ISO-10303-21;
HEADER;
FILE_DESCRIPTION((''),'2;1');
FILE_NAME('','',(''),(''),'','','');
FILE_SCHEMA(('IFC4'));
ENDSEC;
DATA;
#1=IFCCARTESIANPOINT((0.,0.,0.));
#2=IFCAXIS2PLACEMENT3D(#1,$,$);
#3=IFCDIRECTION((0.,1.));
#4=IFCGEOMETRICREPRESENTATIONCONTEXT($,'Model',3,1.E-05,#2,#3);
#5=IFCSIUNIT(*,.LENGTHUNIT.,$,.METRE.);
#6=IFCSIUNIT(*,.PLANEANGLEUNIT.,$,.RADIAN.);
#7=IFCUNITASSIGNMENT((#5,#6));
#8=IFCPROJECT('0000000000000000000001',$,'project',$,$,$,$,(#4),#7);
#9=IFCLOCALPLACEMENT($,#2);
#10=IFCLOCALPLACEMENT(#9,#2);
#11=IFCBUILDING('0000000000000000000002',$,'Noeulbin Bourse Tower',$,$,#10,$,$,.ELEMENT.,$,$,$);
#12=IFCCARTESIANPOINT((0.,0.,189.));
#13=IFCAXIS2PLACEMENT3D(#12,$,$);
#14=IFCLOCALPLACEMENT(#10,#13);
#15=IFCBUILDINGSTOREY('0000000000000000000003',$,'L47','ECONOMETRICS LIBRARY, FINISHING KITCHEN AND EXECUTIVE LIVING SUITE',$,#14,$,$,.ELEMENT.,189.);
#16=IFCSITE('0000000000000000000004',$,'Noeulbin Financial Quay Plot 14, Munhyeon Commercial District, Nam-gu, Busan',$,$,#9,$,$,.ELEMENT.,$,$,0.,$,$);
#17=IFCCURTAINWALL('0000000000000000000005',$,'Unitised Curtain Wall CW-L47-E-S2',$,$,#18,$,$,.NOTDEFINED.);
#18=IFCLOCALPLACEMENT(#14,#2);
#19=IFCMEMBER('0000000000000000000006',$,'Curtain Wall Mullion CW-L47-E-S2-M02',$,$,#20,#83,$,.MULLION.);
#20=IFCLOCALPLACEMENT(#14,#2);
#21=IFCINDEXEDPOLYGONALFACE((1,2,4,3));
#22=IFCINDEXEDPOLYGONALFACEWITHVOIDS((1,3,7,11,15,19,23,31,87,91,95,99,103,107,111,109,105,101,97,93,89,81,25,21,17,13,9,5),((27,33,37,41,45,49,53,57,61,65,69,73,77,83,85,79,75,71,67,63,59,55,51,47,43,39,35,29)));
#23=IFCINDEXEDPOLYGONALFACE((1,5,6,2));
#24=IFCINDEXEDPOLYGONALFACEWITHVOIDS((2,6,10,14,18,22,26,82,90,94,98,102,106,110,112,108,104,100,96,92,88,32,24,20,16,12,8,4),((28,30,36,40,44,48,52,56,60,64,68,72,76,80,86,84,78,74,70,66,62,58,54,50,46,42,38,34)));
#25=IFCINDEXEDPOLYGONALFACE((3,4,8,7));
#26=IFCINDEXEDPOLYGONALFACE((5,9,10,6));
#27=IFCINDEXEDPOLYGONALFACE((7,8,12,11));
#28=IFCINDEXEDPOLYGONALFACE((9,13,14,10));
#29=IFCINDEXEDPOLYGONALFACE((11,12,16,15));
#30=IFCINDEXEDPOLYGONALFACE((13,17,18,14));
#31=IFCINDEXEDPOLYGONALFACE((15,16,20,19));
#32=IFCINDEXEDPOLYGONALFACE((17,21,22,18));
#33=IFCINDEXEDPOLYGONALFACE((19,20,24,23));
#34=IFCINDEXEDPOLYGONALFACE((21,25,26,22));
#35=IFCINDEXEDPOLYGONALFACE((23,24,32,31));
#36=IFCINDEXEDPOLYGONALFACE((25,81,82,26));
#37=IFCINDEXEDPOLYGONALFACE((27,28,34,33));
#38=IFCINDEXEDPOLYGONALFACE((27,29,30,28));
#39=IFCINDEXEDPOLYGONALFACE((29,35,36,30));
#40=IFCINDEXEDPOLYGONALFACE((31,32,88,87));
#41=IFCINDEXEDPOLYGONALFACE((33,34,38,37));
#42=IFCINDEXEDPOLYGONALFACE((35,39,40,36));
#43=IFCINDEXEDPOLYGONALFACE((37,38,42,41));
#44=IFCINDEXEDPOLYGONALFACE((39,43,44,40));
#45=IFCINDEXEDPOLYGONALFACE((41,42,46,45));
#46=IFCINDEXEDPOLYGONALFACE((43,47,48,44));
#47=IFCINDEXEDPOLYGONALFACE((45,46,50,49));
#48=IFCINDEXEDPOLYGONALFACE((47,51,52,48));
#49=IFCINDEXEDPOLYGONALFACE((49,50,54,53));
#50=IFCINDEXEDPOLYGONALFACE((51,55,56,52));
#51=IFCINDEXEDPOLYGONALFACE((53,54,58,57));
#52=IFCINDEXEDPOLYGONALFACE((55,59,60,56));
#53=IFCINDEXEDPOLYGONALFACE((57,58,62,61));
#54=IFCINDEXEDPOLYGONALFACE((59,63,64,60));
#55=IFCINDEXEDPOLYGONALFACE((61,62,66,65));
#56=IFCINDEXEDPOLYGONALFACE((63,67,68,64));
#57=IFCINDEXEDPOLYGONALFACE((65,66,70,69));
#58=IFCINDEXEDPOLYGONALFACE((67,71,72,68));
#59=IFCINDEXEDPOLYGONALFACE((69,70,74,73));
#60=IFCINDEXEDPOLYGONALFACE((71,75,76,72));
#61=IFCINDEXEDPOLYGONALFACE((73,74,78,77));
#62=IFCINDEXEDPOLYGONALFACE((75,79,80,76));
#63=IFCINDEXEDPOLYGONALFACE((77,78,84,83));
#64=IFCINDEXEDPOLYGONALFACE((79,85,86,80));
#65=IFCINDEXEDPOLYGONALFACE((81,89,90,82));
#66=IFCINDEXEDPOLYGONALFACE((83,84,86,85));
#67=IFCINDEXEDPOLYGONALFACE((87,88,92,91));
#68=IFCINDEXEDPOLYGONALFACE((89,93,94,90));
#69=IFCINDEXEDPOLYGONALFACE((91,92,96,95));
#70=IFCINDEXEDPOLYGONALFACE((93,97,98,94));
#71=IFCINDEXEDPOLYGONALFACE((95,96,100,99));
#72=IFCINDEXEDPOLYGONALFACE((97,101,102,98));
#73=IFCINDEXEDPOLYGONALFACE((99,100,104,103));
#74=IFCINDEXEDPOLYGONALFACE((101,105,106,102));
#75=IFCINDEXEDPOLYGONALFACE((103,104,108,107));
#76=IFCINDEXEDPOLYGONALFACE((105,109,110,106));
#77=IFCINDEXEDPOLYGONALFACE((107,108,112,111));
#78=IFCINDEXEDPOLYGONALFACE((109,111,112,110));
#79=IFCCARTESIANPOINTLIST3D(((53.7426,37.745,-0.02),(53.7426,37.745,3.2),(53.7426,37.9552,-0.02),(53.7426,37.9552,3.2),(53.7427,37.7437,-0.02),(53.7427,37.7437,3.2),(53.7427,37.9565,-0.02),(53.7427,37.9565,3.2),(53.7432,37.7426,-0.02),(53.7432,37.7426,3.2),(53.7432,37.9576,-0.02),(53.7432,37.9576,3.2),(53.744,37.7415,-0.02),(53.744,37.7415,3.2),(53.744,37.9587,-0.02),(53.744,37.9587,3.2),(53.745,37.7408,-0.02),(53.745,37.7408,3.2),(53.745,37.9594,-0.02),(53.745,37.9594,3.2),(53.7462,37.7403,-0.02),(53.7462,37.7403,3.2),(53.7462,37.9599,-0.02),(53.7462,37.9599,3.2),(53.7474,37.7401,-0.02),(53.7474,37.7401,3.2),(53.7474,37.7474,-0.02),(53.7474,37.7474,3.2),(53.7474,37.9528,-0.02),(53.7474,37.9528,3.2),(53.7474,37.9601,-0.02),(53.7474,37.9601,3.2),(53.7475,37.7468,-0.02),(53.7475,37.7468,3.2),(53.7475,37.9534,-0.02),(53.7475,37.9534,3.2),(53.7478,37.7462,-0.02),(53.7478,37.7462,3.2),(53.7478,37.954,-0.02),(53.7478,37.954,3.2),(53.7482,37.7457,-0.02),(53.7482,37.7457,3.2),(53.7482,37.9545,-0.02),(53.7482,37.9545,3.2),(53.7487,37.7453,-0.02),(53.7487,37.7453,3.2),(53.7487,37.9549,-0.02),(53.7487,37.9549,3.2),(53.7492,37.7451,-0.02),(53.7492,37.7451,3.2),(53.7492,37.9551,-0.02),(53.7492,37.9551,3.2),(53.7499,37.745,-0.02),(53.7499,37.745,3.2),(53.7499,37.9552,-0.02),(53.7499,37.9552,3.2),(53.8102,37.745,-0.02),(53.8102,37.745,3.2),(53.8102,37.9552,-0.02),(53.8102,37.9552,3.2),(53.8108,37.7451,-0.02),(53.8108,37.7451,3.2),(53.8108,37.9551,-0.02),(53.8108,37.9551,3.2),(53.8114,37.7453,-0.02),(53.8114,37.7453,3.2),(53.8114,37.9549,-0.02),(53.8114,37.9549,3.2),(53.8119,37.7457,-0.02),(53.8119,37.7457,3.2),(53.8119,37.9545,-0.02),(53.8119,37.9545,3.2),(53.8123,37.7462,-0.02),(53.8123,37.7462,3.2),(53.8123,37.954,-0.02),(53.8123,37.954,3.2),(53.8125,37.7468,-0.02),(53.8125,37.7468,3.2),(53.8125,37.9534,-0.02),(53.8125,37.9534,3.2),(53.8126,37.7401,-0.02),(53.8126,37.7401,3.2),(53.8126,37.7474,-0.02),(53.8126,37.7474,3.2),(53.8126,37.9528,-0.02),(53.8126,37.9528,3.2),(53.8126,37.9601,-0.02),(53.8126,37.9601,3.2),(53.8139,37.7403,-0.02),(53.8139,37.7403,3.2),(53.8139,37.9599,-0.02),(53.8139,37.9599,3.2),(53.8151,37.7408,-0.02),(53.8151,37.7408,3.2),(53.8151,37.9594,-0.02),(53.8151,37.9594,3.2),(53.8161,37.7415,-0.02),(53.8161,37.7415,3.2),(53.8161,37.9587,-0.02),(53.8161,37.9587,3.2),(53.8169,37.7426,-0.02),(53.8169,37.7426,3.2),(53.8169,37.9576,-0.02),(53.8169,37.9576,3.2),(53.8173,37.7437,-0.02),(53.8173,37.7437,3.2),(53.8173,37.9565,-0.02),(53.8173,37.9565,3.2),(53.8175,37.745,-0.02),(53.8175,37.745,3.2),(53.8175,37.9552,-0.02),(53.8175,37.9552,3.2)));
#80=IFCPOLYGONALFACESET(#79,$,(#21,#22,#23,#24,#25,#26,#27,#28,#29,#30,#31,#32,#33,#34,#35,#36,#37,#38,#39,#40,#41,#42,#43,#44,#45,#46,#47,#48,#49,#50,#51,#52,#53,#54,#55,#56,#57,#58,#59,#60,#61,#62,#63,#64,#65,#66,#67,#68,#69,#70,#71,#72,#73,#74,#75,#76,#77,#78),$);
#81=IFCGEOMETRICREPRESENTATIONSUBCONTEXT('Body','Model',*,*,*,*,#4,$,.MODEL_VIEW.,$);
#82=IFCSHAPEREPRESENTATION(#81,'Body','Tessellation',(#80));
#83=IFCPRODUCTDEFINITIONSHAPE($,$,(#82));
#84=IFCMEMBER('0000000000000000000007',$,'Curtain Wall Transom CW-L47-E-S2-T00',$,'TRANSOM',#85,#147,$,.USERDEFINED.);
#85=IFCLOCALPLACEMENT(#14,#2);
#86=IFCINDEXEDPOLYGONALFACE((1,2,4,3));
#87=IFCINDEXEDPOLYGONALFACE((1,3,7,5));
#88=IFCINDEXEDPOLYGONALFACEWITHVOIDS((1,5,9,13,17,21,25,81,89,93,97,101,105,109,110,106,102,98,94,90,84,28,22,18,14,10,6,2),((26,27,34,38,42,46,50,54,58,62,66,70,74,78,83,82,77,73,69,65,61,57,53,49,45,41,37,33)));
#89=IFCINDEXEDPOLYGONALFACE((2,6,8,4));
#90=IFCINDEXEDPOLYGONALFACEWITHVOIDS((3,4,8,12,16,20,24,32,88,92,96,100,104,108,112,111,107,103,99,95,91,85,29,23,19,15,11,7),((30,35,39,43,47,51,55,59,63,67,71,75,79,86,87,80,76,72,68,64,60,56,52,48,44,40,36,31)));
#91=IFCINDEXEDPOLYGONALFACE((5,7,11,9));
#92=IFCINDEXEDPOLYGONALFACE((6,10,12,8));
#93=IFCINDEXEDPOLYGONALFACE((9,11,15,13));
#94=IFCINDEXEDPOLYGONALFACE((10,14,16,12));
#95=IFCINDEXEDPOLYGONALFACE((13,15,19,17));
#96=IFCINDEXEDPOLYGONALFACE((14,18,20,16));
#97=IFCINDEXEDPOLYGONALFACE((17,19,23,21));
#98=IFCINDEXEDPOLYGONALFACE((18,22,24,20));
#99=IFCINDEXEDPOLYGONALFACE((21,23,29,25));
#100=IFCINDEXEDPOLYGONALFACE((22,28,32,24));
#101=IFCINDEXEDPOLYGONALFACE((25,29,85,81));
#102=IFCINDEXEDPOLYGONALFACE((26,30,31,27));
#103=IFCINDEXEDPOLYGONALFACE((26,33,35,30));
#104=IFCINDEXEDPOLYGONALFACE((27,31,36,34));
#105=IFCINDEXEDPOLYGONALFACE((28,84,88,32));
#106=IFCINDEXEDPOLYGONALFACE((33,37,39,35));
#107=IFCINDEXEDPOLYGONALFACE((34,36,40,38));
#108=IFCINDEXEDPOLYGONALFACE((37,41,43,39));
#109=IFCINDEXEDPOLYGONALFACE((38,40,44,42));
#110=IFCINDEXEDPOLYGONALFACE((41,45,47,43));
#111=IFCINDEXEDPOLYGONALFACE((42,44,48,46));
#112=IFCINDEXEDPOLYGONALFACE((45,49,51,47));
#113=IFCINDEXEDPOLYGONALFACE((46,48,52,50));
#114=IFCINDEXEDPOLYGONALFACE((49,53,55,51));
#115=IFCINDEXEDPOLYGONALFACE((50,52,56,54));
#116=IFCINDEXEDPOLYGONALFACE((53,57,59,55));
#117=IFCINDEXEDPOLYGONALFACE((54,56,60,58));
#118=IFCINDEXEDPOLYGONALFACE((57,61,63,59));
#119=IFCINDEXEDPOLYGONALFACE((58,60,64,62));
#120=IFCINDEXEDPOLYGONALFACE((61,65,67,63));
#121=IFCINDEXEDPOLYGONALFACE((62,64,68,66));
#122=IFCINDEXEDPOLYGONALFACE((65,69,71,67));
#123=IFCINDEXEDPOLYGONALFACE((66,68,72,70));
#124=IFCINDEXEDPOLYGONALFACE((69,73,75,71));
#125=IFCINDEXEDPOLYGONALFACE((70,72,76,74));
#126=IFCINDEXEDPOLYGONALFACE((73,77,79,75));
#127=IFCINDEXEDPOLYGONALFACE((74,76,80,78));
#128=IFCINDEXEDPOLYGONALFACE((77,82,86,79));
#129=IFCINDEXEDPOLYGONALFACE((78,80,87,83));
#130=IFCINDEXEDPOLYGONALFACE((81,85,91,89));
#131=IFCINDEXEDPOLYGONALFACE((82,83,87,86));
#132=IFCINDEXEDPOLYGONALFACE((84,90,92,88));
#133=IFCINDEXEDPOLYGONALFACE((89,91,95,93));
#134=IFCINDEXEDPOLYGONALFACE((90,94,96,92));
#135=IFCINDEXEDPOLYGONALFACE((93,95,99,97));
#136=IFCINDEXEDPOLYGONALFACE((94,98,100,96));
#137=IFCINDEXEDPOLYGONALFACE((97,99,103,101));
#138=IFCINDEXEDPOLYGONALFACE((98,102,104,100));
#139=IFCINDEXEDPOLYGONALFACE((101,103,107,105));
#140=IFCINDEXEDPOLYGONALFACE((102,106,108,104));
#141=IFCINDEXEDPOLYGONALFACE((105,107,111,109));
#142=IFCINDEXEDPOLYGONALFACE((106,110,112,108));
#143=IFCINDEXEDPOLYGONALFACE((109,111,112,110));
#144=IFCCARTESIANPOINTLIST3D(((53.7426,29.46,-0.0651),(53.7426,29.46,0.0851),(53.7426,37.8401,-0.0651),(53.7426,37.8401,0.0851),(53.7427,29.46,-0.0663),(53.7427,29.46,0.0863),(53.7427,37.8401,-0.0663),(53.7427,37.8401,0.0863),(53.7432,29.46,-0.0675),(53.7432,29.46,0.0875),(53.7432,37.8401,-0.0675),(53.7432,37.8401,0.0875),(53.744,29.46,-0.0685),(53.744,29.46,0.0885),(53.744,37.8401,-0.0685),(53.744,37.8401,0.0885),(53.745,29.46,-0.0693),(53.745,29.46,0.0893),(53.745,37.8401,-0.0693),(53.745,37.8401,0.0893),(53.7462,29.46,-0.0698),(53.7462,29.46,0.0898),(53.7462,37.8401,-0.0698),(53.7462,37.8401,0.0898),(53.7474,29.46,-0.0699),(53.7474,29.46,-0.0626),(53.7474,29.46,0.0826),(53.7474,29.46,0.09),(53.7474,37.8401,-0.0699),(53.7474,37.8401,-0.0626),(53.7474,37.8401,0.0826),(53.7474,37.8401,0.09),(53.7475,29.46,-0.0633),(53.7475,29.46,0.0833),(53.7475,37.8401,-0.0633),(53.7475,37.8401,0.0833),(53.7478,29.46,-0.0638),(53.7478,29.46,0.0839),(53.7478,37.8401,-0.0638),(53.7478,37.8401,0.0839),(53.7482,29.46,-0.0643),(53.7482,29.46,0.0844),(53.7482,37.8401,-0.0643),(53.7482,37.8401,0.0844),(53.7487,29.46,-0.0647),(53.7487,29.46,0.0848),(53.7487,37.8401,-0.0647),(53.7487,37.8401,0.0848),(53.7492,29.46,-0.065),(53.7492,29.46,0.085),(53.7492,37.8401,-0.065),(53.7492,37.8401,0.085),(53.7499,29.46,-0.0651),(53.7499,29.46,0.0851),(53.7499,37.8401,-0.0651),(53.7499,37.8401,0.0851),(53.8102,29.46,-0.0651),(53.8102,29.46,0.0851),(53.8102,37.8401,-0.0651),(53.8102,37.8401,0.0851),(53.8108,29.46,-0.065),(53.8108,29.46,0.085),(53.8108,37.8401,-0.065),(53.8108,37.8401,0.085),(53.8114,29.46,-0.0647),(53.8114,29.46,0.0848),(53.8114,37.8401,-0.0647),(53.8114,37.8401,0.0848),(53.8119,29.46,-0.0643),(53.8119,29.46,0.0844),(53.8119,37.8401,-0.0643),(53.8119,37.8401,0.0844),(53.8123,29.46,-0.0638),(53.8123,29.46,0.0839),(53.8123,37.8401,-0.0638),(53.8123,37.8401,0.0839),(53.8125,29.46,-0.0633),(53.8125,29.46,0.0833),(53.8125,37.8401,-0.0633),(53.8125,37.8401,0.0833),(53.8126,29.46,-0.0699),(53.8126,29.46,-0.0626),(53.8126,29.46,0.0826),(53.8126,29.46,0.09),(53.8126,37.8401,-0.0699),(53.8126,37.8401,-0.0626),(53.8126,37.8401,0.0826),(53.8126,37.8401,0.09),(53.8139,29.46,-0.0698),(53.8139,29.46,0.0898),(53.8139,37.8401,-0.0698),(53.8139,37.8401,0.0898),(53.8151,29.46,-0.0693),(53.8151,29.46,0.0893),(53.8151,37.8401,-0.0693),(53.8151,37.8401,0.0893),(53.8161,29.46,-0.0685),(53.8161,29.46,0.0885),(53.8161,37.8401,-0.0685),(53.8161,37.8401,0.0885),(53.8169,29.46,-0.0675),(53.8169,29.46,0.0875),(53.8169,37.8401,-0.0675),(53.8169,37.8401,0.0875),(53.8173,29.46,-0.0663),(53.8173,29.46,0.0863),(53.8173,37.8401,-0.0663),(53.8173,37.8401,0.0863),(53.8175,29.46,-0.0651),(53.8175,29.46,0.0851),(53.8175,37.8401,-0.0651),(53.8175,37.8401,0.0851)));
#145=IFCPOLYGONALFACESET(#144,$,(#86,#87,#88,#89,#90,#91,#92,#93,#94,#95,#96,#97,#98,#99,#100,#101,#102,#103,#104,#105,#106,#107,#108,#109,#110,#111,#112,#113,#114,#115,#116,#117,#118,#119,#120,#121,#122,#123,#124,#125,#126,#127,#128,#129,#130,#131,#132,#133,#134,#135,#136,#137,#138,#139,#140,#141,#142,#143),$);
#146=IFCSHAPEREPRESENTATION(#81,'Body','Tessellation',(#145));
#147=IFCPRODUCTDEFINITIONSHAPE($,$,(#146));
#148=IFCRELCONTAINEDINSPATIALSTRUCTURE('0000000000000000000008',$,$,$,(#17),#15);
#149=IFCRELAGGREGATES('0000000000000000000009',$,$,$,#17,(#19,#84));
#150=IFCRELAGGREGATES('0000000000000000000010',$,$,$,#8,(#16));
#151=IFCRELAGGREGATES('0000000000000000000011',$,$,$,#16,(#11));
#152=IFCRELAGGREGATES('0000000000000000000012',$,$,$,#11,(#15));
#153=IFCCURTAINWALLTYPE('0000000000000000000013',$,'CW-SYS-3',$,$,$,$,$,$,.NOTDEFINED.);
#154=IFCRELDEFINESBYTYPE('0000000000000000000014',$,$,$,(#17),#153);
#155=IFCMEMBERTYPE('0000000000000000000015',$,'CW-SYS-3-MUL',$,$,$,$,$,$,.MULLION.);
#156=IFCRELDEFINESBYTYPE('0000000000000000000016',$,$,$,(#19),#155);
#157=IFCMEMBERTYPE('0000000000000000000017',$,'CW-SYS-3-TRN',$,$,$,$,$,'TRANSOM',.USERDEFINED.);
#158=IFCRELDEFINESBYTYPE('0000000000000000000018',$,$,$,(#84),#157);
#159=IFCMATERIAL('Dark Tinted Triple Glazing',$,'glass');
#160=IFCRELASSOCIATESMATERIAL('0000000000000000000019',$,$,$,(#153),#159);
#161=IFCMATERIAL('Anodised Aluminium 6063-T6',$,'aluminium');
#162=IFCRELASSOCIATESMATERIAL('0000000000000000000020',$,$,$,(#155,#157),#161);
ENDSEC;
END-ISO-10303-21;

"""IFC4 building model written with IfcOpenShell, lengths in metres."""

from ifc_helpers import new_model, si_unit, direction, frame, origin, origin_2d, place, context, subcontext, project, spatial, hollow_rectangle, extrude, material, material_profile, profile_set, type_object, element, aggregate, save


model = new_model("IFC4")

# Units and contexts
model_context = context("Model", 3, precision=1e-05, world=origin(), true_north=direction((0.0, 1.0)))
body_context = subcontext(model_context, "Body", "Model", "MODEL_VIEW")
ifc_project = project(units=[si_unit("LENGTHUNIT", "METRE"), si_unit("PLANEANGLEUNIT", "RADIAN")], contexts=[model_context])

# Site, building, storey
site_placement = place(None, origin())
site = spatial("IfcSite", under=ifc_project, at=site_placement, Name="Noeulbin Financial Quay Plot 14, Munhyeon Commercial District, Nam-gu, Busan", CompositionType="ELEMENT", RefElevation=0.0)
building_placement = place(site_placement, origin())
building = spatial("IfcBuilding", under=site, at=building_placement, Name="Noeulbin Bourse Tower", CompositionType="ELEMENT")
storey_placement = place(building_placement, frame((0.0, 0.0, 189.0)))
storey = spatial("IfcBuildingStorey", under=building, at=storey_placement, Name="L47", Description="ECONOMETRICS LIBRARY, FINISHING KITCHEN AND EXECUTIVE LIVING SUITE", CompositionType="ELEMENT", Elevation=189.0)

# Curtain wall, members
ifc_material_1 = material(Name="Dark Tinted Triple Glazing", Category="glass")
curtain_wall_type = type_object("IfcCurtainWallType", Name="CW-SYS-3", PredefinedType="NOTDEFINED", material=ifc_material_1)
curtain_wall_placement = place(storey_placement, origin())
curtain_wall = element("IfcCurtainWall", 1, at=curtain_wall_placement, inside=storey, type_object=curtain_wall_type, Name="Unitised Curtain Wall CW-L47-E-S2", PredefinedType="NOTDEFINED")
ifc_material_2 = material(Name="Anodised Aluminium 6063-T6", Category="aluminium")
ifc_material_profile_1 = material_profile(ifc_material_2, hollow_rectangle(XDim=0.075, YDim=0.22, WallThickness=0.0049, InnerFilletRadius=0.0024, OuterFilletRadius=0.0049, at=origin_2d()), Name="ALU-MULL-75x220x5", Category="LoadBearing")
ifc_profile_set_1 = profile_set([ifc_material_profile_1], Name="Anodised Aluminium 6063-T6")
member_type_1 = type_object("IfcMemberType", Name="CW-SYS-3-MUL", PredefinedType="MULLION", material=ifc_profile_set_1)
member_1_placement = place(storey_placement, frame((53.78, 37.8501, -0.02), z_axis=(0.0, 0.0, 1.0), x_axis=(1.0, 0.0, 0.0)))
member_1 = element("IfcMember", 2, at=member_1_placement, type_object=member_type_1, Name="Curtain Wall Mullion CW-L47-E-S2-M02", PredefinedType="MULLION", context=body_context, shape_type="SweptSolid", body=[
    extrude(hollow_rectangle(XDim=0.075, YDim=0.22, WallThickness=0.0049, InnerFilletRadius=0.0024, OuterFilletRadius=0.0049, at=origin_2d()), origin(), (0.0, 0.0, 1.0), 3.22),
])
ifc_material_profile_2 = material_profile(ifc_material_2, hollow_rectangle(XDim=0.075, YDim=0.1599, WallThickness=0.0049, InnerFilletRadius=0.0024, OuterFilletRadius=0.0049, at=origin_2d()), Name="ALU-TRAN-75x160x5", Category="LoadBearing")
ifc_profile_set_2 = profile_set([ifc_material_profile_2], Name="Anodised Aluminium 6063-T6")
member_type_2 = type_object("IfcMemberType", Name="CW-SYS-3-TRN", ElementType="TRANSOM", PredefinedType="USERDEFINED", material=ifc_profile_set_2)
member_2_placement = place(storey_placement, frame((53.78, 29.46, 0.01), z_axis=(0.0, 1.0, 0.0), x_axis=(-1.0, 0.0, 0.0)))
member_2 = element("IfcMember", 3, at=member_2_placement, type_object=member_type_2, Name="Curtain Wall Transom CW-L47-E-S2-T00", ObjectType="TRANSOM", PredefinedType="USERDEFINED", context=body_context, shape_type="SweptSolid", body=[
    extrude(hollow_rectangle(XDim=0.075, YDim=0.1599, WallThickness=0.0049, InnerFilletRadius=0.0024, OuterFilletRadius=0.0049, at=origin_2d()), origin(), (0.0, 0.0, 1.0), 8.3801),
])
aggregate(curtain_wall, [member_1, member_2])

save(model, "model.ifc")
